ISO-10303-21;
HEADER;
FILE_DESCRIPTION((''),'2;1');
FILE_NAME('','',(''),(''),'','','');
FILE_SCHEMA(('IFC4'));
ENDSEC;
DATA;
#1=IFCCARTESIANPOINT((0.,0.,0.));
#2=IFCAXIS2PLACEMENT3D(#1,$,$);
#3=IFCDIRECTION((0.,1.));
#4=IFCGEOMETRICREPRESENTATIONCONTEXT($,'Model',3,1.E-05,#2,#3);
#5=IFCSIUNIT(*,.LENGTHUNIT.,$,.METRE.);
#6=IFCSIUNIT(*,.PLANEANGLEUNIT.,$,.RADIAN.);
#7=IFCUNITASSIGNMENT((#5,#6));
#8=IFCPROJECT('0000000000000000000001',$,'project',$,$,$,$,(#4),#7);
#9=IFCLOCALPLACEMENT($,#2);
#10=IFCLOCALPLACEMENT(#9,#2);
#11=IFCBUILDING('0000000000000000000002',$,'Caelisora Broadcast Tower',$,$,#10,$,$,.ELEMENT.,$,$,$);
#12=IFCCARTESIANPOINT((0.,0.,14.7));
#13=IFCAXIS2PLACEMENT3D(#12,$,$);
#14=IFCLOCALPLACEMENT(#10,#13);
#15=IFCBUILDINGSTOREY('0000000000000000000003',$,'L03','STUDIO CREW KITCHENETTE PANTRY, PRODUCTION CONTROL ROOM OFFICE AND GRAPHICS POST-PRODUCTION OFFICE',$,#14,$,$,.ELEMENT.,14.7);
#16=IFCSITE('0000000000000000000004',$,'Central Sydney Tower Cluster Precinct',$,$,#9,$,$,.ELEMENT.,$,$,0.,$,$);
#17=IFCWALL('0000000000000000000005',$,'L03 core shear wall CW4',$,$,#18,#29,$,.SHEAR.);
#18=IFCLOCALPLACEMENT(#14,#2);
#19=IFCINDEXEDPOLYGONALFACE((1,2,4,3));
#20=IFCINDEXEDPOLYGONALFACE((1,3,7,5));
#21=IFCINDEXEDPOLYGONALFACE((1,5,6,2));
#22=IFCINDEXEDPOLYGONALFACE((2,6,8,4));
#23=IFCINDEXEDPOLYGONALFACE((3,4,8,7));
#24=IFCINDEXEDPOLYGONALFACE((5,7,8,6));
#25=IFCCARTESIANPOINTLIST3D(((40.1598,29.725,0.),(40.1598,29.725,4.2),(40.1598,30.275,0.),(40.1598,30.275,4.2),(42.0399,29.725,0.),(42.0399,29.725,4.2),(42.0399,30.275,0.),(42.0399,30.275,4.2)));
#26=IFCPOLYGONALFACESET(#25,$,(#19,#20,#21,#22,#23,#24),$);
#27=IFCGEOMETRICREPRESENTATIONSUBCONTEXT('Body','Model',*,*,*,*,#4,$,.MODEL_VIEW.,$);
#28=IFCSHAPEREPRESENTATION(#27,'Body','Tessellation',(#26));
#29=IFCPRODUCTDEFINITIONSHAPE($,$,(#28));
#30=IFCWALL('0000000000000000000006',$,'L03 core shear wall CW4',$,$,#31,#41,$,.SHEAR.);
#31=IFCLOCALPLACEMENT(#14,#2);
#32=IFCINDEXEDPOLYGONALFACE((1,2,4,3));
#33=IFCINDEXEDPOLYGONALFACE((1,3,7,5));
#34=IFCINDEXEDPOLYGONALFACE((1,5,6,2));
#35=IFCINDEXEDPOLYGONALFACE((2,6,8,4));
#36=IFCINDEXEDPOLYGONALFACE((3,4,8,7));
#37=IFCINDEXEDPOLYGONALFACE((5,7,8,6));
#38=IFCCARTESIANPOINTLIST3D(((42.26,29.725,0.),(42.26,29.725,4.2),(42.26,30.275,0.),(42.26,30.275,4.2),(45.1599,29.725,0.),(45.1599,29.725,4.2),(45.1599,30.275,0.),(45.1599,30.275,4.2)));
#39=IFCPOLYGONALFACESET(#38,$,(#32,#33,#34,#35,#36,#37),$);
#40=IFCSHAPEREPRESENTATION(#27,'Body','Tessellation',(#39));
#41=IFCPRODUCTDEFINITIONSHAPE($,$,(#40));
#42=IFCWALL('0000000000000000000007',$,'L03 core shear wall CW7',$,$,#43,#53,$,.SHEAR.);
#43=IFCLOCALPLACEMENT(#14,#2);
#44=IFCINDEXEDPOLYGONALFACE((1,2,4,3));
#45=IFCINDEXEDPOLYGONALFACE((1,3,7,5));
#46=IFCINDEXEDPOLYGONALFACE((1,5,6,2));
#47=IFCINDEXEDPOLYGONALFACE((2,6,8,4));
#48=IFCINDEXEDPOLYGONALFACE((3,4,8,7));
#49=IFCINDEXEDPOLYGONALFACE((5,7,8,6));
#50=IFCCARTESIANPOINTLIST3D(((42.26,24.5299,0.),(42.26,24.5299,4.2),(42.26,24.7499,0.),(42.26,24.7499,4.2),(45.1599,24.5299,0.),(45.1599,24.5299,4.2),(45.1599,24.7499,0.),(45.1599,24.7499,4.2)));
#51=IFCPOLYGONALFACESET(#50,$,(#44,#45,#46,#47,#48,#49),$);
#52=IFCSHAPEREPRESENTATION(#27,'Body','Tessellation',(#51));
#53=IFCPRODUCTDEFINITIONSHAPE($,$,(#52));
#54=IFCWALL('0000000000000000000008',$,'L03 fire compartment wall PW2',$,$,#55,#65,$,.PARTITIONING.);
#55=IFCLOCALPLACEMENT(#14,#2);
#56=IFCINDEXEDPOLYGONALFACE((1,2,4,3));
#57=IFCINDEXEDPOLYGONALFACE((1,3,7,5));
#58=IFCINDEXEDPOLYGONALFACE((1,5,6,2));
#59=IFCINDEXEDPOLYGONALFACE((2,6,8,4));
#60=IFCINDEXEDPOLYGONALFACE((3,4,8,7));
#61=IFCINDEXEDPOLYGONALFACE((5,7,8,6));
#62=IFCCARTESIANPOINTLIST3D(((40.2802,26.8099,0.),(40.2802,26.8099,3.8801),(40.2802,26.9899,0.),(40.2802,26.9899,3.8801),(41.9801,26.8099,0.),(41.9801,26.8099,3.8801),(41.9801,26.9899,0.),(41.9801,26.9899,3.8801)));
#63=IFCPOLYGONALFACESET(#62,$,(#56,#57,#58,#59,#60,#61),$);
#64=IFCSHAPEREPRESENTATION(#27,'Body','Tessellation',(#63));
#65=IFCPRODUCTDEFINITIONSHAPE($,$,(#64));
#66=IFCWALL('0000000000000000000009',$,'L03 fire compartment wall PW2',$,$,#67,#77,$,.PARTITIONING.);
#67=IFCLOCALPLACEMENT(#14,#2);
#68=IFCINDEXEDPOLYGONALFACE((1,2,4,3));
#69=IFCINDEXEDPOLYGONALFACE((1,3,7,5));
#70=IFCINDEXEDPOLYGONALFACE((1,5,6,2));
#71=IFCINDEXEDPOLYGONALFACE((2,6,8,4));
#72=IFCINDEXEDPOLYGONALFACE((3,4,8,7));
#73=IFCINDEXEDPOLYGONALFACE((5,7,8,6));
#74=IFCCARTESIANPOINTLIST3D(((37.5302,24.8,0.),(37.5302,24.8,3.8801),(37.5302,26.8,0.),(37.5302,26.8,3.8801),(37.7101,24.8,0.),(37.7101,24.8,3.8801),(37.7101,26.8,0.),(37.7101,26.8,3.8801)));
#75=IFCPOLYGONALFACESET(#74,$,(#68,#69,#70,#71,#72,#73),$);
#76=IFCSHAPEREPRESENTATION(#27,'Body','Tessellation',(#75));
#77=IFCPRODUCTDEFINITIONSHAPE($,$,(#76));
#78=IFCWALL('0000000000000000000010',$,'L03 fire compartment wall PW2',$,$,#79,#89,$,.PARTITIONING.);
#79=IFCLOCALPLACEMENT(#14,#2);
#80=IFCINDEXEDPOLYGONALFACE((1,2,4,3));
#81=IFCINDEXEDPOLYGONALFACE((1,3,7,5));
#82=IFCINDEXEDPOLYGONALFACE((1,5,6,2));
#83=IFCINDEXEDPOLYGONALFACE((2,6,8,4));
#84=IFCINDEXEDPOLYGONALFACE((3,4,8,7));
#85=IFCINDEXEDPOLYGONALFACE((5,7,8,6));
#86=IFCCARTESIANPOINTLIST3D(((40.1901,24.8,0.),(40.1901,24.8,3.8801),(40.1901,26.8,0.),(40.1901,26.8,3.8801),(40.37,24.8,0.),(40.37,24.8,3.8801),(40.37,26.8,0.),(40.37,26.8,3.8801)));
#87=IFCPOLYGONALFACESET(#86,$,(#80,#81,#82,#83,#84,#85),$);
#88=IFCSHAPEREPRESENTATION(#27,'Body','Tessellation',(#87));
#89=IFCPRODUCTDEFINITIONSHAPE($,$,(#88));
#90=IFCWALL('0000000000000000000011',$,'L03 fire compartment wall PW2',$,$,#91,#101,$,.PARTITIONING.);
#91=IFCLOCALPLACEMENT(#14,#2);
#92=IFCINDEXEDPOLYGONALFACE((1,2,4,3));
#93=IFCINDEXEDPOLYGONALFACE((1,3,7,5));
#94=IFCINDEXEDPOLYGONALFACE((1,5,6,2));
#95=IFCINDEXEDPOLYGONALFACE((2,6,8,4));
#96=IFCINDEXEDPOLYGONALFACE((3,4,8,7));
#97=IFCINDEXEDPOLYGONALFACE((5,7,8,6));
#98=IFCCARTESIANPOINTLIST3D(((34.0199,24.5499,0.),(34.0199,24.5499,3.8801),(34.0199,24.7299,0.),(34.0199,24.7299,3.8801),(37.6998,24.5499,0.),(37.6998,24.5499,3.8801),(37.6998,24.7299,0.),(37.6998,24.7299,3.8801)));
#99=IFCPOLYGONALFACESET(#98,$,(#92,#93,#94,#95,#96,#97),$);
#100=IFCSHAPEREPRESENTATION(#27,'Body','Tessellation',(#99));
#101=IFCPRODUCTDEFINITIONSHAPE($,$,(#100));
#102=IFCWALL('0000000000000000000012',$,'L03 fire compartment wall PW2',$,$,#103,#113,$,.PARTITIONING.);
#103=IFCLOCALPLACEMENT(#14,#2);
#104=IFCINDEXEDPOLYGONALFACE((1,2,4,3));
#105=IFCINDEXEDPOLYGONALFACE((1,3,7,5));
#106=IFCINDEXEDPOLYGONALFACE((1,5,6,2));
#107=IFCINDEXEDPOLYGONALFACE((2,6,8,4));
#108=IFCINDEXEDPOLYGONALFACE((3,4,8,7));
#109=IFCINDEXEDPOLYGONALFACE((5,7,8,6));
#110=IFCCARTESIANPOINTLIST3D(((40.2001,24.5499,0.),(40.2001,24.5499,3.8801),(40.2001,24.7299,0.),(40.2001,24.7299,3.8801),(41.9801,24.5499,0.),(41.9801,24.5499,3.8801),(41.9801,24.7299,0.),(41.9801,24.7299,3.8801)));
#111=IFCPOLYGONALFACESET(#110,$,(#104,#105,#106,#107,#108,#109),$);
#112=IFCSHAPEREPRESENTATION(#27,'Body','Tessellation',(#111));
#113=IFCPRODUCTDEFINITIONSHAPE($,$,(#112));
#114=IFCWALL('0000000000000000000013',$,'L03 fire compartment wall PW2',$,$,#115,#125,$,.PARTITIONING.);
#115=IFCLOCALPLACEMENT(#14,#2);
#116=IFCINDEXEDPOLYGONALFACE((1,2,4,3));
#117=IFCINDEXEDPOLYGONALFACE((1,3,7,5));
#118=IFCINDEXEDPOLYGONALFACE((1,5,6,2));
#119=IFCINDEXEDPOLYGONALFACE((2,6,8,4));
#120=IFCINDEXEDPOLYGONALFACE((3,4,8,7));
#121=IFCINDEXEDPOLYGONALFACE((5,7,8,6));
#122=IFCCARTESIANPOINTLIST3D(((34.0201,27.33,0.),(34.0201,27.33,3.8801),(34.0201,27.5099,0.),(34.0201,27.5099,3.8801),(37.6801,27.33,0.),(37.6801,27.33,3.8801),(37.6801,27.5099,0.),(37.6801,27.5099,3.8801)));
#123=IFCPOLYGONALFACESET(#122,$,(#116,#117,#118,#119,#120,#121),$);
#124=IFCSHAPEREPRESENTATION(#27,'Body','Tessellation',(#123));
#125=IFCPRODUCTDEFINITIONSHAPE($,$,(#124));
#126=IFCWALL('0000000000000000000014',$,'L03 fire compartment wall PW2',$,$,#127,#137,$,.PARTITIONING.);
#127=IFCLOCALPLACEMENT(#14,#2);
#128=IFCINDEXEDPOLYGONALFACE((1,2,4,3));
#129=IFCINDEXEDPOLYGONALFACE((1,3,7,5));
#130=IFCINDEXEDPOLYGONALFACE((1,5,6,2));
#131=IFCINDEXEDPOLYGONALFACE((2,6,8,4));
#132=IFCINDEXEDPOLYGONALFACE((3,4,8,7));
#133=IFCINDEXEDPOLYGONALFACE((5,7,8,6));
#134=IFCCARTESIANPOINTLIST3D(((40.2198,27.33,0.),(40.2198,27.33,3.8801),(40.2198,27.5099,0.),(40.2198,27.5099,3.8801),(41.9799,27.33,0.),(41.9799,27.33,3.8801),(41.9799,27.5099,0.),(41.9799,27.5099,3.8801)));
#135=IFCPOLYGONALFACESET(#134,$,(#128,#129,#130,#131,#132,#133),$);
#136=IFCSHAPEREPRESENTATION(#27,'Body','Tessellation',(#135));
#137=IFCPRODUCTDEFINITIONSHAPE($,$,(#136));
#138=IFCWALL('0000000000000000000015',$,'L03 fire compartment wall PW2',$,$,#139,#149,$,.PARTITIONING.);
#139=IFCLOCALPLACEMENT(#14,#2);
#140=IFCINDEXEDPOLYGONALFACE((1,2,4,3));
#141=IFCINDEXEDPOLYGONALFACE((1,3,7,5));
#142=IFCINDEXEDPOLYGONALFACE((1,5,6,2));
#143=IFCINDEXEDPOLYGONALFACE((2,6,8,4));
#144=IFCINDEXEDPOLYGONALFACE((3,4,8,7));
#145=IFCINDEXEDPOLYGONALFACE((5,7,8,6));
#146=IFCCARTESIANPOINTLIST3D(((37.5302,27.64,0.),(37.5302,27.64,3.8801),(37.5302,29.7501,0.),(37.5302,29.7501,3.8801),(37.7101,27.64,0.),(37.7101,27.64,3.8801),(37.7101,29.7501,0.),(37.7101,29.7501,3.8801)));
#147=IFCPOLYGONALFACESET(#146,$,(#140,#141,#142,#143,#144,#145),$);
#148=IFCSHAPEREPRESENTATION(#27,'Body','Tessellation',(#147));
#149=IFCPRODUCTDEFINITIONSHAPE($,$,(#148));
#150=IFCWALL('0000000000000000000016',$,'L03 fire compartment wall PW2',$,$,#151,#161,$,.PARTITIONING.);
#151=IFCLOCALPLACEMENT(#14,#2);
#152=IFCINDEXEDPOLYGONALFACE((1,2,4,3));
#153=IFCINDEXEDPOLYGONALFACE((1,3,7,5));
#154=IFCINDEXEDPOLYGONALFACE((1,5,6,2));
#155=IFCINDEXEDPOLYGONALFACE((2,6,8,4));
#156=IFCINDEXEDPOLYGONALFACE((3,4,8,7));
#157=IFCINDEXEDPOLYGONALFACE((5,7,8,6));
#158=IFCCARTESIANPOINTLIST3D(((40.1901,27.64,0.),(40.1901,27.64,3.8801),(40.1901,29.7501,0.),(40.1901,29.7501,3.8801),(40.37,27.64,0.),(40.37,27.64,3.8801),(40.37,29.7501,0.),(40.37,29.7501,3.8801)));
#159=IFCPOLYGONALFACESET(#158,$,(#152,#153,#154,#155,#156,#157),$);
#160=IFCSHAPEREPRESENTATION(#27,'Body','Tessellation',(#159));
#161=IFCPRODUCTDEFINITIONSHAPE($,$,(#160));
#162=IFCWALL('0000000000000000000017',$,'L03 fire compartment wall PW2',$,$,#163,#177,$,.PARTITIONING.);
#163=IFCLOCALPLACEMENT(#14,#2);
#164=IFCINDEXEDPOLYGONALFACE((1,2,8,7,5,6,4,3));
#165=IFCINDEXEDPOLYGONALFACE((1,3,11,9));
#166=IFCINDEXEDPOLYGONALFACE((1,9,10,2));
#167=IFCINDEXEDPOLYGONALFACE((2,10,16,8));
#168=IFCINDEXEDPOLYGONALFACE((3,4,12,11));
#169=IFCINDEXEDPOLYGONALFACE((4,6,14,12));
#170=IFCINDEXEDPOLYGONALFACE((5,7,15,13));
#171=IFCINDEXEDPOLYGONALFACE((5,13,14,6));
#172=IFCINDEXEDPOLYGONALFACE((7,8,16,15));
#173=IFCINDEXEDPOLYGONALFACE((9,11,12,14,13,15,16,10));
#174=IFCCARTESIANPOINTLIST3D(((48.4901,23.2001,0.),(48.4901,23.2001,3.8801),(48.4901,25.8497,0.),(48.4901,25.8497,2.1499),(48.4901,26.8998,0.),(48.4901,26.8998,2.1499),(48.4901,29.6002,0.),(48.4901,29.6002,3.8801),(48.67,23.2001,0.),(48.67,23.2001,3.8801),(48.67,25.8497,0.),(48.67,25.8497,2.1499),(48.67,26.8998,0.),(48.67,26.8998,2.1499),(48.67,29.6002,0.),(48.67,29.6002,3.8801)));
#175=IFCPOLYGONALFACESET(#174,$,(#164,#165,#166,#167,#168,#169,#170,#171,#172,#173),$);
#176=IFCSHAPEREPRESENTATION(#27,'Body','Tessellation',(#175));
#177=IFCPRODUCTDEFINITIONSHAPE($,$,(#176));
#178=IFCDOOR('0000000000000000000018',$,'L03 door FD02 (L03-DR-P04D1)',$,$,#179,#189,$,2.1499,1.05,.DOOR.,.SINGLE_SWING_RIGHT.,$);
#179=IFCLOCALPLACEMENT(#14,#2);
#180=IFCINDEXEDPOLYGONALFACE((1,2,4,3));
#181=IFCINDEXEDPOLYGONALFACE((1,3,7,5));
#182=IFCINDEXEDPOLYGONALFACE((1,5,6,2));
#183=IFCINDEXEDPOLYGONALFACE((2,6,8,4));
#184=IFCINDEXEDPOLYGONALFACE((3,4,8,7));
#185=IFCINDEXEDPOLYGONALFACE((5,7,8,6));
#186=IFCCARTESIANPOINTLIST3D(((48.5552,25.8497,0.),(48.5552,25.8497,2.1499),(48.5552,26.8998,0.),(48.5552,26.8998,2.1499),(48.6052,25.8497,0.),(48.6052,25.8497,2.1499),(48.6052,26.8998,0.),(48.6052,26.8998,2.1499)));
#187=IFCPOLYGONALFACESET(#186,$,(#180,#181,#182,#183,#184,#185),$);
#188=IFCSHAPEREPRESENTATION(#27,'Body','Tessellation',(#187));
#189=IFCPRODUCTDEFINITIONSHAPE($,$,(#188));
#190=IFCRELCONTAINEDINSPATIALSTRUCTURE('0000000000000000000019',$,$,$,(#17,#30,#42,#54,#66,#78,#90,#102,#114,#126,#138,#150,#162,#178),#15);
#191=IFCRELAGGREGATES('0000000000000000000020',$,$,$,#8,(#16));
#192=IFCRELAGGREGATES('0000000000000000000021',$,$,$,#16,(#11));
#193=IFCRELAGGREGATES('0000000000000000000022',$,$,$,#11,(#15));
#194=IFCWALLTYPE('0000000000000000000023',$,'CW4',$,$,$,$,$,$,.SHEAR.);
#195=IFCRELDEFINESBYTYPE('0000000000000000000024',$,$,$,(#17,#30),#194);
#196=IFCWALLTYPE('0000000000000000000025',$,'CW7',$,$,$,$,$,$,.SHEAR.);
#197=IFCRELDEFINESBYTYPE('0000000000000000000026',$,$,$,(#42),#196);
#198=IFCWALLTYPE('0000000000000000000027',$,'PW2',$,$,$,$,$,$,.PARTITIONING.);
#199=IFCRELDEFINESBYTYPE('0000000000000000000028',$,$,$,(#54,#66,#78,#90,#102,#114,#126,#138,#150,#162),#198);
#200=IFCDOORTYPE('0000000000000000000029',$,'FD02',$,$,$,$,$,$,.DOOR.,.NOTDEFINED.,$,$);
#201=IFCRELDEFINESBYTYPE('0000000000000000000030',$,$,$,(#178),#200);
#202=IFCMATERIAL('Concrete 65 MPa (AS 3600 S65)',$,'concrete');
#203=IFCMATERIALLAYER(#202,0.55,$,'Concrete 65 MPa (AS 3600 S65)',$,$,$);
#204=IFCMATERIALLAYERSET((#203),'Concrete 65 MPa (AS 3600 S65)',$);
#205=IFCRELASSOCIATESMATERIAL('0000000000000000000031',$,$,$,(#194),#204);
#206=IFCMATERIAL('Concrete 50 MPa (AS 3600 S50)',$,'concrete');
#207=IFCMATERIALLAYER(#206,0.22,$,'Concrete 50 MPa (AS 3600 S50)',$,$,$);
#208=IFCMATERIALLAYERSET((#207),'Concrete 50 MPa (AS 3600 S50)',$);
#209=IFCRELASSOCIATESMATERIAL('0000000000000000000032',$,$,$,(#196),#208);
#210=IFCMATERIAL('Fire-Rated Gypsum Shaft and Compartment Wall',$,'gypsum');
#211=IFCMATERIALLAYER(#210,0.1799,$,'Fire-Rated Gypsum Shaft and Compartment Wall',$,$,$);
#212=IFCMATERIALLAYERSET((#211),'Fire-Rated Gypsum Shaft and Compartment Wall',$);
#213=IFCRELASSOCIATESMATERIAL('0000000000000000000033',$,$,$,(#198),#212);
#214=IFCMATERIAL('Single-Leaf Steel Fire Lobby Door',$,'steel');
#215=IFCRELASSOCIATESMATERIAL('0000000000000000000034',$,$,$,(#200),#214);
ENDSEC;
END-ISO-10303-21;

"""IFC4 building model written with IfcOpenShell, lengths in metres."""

from ifc_helpers import new_model, si_unit, direction, frame, frame_2d, origin, place, context, subcontext, project, spatial, rectangle, extrude, material, layer, layer_set, type_object, element, fill, save


model = new_model("IFC4")

# Units and contexts
model_context = context("Model", 3, precision=1e-05, world=origin(), true_north=direction((0.0, 1.0)))
body_context = subcontext(model_context, "Body", "Model", "MODEL_VIEW")
ifc_project = project(units=[si_unit("LENGTHUNIT", "METRE"), si_unit("PLANEANGLEUNIT", "RADIAN")], contexts=[model_context])

# Site, building, storey
site_placement = place(None, origin())
site = spatial("IfcSite", under=ifc_project, at=site_placement, Name="Central Sydney Tower Cluster Precinct", CompositionType="ELEMENT", RefElevation=0.0)
building_placement = place(site_placement, origin())
building = spatial("IfcBuilding", under=site, at=building_placement, Name="Caelisora Broadcast Tower", CompositionType="ELEMENT")
storey_placement = place(building_placement, frame((0.0, 0.0, 14.7)))
storey = spatial("IfcBuildingStorey", under=building, at=storey_placement, Name="L03", Description="STUDIO CREW KITCHENETTE PANTRY, PRODUCTION CONTROL ROOM OFFICE AND GRAPHICS POST-PRODUCTION OFFICE", CompositionType="ELEMENT", Elevation=14.7)

# Shared definitions
ifc_material_1 = material(Name="Concrete 50 MPa (AS 3600 S50)", Category="concrete")

# Walls
ifc_material_2 = material(Name="Concrete 65 MPa (AS 3600 S65)", Category="concrete")
ifc_layer_1 = layer(ifc_material_2, 0.55, Name="Concrete 65 MPa (AS 3600 S65)")
ifc_layer_set_1 = layer_set([ifc_layer_1], Name="Concrete 65 MPa (AS 3600 S65)")
wall_type_1 = type_object("IfcWallType", Name="CW4", PredefinedType="SHEAR", material=ifc_layer_set_1)
wall_1_placement = place(storey_placement, frame((40.1599, 30.0, 0.0), z_axis=(0.0, 0.0, 1.0), x_axis=(1.0, 0.0, 0.0)))
element("IfcWall", 1, at=wall_1_placement, inside=storey, type_object=wall_type_1, Name="L03 core shear wall CW4", PredefinedType="SHEAR", context=body_context, shape_type="SweptSolid", body=[
    extrude(rectangle(XDim=1.8801, YDim=0.55, at=frame_2d((0.9399, 0.0))), origin(), (0.0, 0.0, 1.0), 4.2),
])
wall_2_placement = place(storey_placement, frame((42.26, 30.0, 0.0), z_axis=(0.0, 0.0, 1.0), x_axis=(1.0, 0.0, 0.0)))
element("IfcWall", 2, at=wall_2_placement, inside=storey, type_object=wall_type_1, Name="L03 core shear wall CW4", PredefinedType="SHEAR", context=body_context, shape_type="SweptSolid", body=[
    extrude(rectangle(XDim=2.8999, YDim=0.55, at=frame_2d((1.45, 0.0))), origin(), (0.0, 0.0, 1.0), 4.2),
])
ifc_layer_2 = layer(ifc_material_1, 0.22, Name="Concrete 50 MPa (AS 3600 S50)")
ifc_layer_set_2 = layer_set([ifc_layer_2], Name="Concrete 50 MPa (AS 3600 S50)")
wall_type_2 = type_object("IfcWallType", Name="CW7", PredefinedType="SHEAR", material=ifc_layer_set_2)
wall_3_placement = place(storey_placement, frame((42.26, 24.6399, 0.0), z_axis=(0.0, 0.0, 1.0), x_axis=(1.0, 0.0, 0.0)))
element("IfcWall", 3, at=wall_3_placement, inside=storey, type_object=wall_type_2, Name="L03 core shear wall CW7", PredefinedType="SHEAR", context=body_context, shape_type="SweptSolid", body=[
    extrude(rectangle(XDim=2.8999, YDim=0.22, at=frame_2d((1.45, 0.0))), origin(), (0.0, 0.0, 1.0), 4.2),
])
ifc_material_3 = material(Name="Fire-Rated Gypsum Shaft and Compartment Wall", Category="gypsum")
ifc_layer_3 = layer(ifc_material_3, 0.1799, Name="Fire-Rated Gypsum Shaft and Compartment Wall")
ifc_layer_set_3 = layer_set([ifc_layer_3], Name="Fire-Rated Gypsum Shaft and Compartment Wall")
wall_type_3 = type_object("IfcWallType", Name="PW2", PredefinedType="PARTITIONING", material=ifc_layer_set_3)
wall_4_placement = place(storey_placement, frame((40.28, 26.8999, 0.0), z_axis=(0.0, 0.0, 1.0), x_axis=(1.0, 0.0, 0.0)))
element("IfcWall", 4, at=wall_4_placement, inside=storey, type_object=wall_type_3, Name="L03 fire compartment wall PW2", PredefinedType="PARTITIONING", context=body_context, shape_type="SweptSolid", body=[
    extrude(rectangle(XDim=1.7, YDim=0.1799, at=frame_2d((0.8501, 0.0))), origin(), (0.0, 0.0, 1.0), 3.8801),
])
for number, where, z_axis, x_axis, name in (
    (5, (37.6201, 24.8, 0.0), (0.0, 0.0, 1.0), (0.0, 1.0, 0.0), "L03 fire compartment wall PW2"),
    (6, (40.28, 24.8, 0.0), (0.0, 0.0, 1.0), (0.0, 1.0, 0.0), "L03 fire compartment wall PW2"),
):
    element("IfcWall", number, at=place(storey_placement, frame(where, z_axis=z_axis, x_axis=x_axis)), inside=storey, type_object=wall_type_3, Name=name, PredefinedType="PARTITIONING", context=body_context, shape_type="SweptSolid", body=[
        extrude(rectangle(XDim=2.0, YDim=0.1799, at=frame_2d((1.0, 0.0))), origin(), (0.0, 0.0, 1.0), 3.8801),
    ])
wall_5_placement = place(storey_placement, frame((34.02, 24.6399, 0.0), z_axis=(0.0, 0.0, 1.0), x_axis=(1.0, 0.0, 0.0)))
element("IfcWall", 7, at=wall_5_placement, inside=storey, type_object=wall_type_3, Name="L03 fire compartment wall PW2", PredefinedType="PARTITIONING", context=body_context, shape_type="SweptSolid", body=[
    extrude(rectangle(XDim=3.6799, YDim=0.1799, at=frame_2d((1.8398, 0.0))), origin(), (0.0, 0.0, 1.0), 3.8801),
])
wall_6_placement = place(storey_placement, frame((40.2, 24.6399, 0.0), z_axis=(0.0, 0.0, 1.0), x_axis=(1.0, 0.0, 0.0)))
element("IfcWall", 8, at=wall_6_placement, inside=storey, type_object=wall_type_3, Name="L03 fire compartment wall PW2", PredefinedType="PARTITIONING", context=body_context, shape_type="SweptSolid", body=[
    extrude(rectangle(XDim=1.78, YDim=0.1799, at=frame_2d((0.8901, 0.0))), origin(), (0.0, 0.0, 1.0), 3.8801),
])
wall_7_placement = place(storey_placement, frame((34.02, 27.4199, 0.0), z_axis=(0.0, 0.0, 1.0), x_axis=(1.0, 0.0, 0.0)))
element("IfcWall", 9, at=wall_7_placement, inside=storey, type_object=wall_type_3, Name="L03 fire compartment wall PW2", PredefinedType="PARTITIONING", context=body_context, shape_type="SweptSolid", body=[
    extrude(rectangle(XDim=3.6599, YDim=0.1799, at=frame_2d((1.8301, 0.0))), origin(), (0.0, 0.0, 1.0), 3.8801),
])
wall_8_placement = place(storey_placement, frame((40.22, 27.4199, 0.0), z_axis=(0.0, 0.0, 1.0), x_axis=(1.0, 0.0, 0.0)))
element("IfcWall", 10, at=wall_8_placement, inside=storey, type_object=wall_type_3, Name="L03 fire compartment wall PW2", PredefinedType="PARTITIONING", context=body_context, shape_type="SweptSolid", body=[
    extrude(rectangle(XDim=1.76, YDim=0.1799, at=frame_2d((0.8799, 0.0))), origin(), (0.0, 0.0, 1.0), 3.8801),
])
for number, where, z_axis, x_axis, name in (
    (11, (37.6201, 27.6399, 0.0), (0.0, 0.0, 1.0), (0.0, 1.0, 0.0), "L03 fire compartment wall PW2"),
    (12, (40.28, 27.6399, 0.0), (0.0, 0.0, 1.0), (0.0, 1.0, 0.0), "L03 fire compartment wall PW2"),
):
    element("IfcWall", number, at=place(storey_placement, frame(where, z_axis=z_axis, x_axis=x_axis)), inside=storey, type_object=wall_type_3, Name=name, PredefinedType="PARTITIONING", context=body_context, shape_type="SweptSolid", body=[
        extrude(rectangle(XDim=2.1101, YDim=0.1799, at=frame_2d((1.0552, 0.0))), origin(), (0.0, 0.0, 1.0), 3.8801),
    ])

# Wall, opening, door
wall_9_placement = place(storey_placement, frame((48.5801, 23.2, 0.0), z_axis=(0.0, 0.0, 1.0), x_axis=(0.0, 1.0, 0.0)))
wall_9 = element("IfcWall", 13, at=wall_9_placement, inside=storey, type_object=wall_type_3, Name="L03 fire compartment wall PW2", PredefinedType="PARTITIONING", context=body_context, shape_type="SweptSolid", body=[
    extrude(rectangle(XDim=6.4001, YDim=0.1799, at=frame_2d((3.2002, 0.0))), origin(), (0.0, 0.0, 1.0), 3.8801),
])
opening_1_placement = place(wall_9_placement, frame((2.6499, 0.0, 0.0)))
opening_1 = element("IfcOpeningElement", 14, at=opening_1_placement, cuts=wall_9, PredefinedType="OPENING", context=body_context, shape_type="SweptSolid", body=[
    extrude(rectangle(XDim=1.05, YDim=2.1499, at=frame_2d((0.5249, 1.075))), frame((0.0, 0.1021, 0.0), z_axis=(0.0, -1.0, 0.0), x_axis=(1.0, 0.0, 0.0)), (0.0, 0.0, 1.0), 0.2039),
])
ifc_material_4 = material(Name="Single-Leaf Steel Fire Lobby Door", Category="steel")
door_type_1 = type_object("IfcDoorType", Name="FD02", OperationType="NOTDEFINED", PredefinedType="DOOR", material=ifc_material_4)
door_1_placement = place(opening_1_placement, origin())
door_1 = element("IfcDoor", 15, at=door_1_placement, inside=storey, type_object=door_type_1, Name="L03 door FD02 (L03-DR-P04D1)", OperationType="SINGLE_SWING_RIGHT", OverallHeight=2.1499, OverallWidth=1.05, PredefinedType="DOOR", context=body_context, shape_type="SweptSolid", body=[
    extrude(rectangle(XDim=1.05, YDim=2.1499, at=frame_2d((0.5249, 1.075))), frame((0.0, 0.0249, 0.0), z_axis=(0.0, -1.0, 0.0), x_axis=(1.0, 0.0, 0.0)), (0.0, 0.0, 1.0), 0.05),
])
fill(opening_1, door_1)

save(model, "model.ifc")
